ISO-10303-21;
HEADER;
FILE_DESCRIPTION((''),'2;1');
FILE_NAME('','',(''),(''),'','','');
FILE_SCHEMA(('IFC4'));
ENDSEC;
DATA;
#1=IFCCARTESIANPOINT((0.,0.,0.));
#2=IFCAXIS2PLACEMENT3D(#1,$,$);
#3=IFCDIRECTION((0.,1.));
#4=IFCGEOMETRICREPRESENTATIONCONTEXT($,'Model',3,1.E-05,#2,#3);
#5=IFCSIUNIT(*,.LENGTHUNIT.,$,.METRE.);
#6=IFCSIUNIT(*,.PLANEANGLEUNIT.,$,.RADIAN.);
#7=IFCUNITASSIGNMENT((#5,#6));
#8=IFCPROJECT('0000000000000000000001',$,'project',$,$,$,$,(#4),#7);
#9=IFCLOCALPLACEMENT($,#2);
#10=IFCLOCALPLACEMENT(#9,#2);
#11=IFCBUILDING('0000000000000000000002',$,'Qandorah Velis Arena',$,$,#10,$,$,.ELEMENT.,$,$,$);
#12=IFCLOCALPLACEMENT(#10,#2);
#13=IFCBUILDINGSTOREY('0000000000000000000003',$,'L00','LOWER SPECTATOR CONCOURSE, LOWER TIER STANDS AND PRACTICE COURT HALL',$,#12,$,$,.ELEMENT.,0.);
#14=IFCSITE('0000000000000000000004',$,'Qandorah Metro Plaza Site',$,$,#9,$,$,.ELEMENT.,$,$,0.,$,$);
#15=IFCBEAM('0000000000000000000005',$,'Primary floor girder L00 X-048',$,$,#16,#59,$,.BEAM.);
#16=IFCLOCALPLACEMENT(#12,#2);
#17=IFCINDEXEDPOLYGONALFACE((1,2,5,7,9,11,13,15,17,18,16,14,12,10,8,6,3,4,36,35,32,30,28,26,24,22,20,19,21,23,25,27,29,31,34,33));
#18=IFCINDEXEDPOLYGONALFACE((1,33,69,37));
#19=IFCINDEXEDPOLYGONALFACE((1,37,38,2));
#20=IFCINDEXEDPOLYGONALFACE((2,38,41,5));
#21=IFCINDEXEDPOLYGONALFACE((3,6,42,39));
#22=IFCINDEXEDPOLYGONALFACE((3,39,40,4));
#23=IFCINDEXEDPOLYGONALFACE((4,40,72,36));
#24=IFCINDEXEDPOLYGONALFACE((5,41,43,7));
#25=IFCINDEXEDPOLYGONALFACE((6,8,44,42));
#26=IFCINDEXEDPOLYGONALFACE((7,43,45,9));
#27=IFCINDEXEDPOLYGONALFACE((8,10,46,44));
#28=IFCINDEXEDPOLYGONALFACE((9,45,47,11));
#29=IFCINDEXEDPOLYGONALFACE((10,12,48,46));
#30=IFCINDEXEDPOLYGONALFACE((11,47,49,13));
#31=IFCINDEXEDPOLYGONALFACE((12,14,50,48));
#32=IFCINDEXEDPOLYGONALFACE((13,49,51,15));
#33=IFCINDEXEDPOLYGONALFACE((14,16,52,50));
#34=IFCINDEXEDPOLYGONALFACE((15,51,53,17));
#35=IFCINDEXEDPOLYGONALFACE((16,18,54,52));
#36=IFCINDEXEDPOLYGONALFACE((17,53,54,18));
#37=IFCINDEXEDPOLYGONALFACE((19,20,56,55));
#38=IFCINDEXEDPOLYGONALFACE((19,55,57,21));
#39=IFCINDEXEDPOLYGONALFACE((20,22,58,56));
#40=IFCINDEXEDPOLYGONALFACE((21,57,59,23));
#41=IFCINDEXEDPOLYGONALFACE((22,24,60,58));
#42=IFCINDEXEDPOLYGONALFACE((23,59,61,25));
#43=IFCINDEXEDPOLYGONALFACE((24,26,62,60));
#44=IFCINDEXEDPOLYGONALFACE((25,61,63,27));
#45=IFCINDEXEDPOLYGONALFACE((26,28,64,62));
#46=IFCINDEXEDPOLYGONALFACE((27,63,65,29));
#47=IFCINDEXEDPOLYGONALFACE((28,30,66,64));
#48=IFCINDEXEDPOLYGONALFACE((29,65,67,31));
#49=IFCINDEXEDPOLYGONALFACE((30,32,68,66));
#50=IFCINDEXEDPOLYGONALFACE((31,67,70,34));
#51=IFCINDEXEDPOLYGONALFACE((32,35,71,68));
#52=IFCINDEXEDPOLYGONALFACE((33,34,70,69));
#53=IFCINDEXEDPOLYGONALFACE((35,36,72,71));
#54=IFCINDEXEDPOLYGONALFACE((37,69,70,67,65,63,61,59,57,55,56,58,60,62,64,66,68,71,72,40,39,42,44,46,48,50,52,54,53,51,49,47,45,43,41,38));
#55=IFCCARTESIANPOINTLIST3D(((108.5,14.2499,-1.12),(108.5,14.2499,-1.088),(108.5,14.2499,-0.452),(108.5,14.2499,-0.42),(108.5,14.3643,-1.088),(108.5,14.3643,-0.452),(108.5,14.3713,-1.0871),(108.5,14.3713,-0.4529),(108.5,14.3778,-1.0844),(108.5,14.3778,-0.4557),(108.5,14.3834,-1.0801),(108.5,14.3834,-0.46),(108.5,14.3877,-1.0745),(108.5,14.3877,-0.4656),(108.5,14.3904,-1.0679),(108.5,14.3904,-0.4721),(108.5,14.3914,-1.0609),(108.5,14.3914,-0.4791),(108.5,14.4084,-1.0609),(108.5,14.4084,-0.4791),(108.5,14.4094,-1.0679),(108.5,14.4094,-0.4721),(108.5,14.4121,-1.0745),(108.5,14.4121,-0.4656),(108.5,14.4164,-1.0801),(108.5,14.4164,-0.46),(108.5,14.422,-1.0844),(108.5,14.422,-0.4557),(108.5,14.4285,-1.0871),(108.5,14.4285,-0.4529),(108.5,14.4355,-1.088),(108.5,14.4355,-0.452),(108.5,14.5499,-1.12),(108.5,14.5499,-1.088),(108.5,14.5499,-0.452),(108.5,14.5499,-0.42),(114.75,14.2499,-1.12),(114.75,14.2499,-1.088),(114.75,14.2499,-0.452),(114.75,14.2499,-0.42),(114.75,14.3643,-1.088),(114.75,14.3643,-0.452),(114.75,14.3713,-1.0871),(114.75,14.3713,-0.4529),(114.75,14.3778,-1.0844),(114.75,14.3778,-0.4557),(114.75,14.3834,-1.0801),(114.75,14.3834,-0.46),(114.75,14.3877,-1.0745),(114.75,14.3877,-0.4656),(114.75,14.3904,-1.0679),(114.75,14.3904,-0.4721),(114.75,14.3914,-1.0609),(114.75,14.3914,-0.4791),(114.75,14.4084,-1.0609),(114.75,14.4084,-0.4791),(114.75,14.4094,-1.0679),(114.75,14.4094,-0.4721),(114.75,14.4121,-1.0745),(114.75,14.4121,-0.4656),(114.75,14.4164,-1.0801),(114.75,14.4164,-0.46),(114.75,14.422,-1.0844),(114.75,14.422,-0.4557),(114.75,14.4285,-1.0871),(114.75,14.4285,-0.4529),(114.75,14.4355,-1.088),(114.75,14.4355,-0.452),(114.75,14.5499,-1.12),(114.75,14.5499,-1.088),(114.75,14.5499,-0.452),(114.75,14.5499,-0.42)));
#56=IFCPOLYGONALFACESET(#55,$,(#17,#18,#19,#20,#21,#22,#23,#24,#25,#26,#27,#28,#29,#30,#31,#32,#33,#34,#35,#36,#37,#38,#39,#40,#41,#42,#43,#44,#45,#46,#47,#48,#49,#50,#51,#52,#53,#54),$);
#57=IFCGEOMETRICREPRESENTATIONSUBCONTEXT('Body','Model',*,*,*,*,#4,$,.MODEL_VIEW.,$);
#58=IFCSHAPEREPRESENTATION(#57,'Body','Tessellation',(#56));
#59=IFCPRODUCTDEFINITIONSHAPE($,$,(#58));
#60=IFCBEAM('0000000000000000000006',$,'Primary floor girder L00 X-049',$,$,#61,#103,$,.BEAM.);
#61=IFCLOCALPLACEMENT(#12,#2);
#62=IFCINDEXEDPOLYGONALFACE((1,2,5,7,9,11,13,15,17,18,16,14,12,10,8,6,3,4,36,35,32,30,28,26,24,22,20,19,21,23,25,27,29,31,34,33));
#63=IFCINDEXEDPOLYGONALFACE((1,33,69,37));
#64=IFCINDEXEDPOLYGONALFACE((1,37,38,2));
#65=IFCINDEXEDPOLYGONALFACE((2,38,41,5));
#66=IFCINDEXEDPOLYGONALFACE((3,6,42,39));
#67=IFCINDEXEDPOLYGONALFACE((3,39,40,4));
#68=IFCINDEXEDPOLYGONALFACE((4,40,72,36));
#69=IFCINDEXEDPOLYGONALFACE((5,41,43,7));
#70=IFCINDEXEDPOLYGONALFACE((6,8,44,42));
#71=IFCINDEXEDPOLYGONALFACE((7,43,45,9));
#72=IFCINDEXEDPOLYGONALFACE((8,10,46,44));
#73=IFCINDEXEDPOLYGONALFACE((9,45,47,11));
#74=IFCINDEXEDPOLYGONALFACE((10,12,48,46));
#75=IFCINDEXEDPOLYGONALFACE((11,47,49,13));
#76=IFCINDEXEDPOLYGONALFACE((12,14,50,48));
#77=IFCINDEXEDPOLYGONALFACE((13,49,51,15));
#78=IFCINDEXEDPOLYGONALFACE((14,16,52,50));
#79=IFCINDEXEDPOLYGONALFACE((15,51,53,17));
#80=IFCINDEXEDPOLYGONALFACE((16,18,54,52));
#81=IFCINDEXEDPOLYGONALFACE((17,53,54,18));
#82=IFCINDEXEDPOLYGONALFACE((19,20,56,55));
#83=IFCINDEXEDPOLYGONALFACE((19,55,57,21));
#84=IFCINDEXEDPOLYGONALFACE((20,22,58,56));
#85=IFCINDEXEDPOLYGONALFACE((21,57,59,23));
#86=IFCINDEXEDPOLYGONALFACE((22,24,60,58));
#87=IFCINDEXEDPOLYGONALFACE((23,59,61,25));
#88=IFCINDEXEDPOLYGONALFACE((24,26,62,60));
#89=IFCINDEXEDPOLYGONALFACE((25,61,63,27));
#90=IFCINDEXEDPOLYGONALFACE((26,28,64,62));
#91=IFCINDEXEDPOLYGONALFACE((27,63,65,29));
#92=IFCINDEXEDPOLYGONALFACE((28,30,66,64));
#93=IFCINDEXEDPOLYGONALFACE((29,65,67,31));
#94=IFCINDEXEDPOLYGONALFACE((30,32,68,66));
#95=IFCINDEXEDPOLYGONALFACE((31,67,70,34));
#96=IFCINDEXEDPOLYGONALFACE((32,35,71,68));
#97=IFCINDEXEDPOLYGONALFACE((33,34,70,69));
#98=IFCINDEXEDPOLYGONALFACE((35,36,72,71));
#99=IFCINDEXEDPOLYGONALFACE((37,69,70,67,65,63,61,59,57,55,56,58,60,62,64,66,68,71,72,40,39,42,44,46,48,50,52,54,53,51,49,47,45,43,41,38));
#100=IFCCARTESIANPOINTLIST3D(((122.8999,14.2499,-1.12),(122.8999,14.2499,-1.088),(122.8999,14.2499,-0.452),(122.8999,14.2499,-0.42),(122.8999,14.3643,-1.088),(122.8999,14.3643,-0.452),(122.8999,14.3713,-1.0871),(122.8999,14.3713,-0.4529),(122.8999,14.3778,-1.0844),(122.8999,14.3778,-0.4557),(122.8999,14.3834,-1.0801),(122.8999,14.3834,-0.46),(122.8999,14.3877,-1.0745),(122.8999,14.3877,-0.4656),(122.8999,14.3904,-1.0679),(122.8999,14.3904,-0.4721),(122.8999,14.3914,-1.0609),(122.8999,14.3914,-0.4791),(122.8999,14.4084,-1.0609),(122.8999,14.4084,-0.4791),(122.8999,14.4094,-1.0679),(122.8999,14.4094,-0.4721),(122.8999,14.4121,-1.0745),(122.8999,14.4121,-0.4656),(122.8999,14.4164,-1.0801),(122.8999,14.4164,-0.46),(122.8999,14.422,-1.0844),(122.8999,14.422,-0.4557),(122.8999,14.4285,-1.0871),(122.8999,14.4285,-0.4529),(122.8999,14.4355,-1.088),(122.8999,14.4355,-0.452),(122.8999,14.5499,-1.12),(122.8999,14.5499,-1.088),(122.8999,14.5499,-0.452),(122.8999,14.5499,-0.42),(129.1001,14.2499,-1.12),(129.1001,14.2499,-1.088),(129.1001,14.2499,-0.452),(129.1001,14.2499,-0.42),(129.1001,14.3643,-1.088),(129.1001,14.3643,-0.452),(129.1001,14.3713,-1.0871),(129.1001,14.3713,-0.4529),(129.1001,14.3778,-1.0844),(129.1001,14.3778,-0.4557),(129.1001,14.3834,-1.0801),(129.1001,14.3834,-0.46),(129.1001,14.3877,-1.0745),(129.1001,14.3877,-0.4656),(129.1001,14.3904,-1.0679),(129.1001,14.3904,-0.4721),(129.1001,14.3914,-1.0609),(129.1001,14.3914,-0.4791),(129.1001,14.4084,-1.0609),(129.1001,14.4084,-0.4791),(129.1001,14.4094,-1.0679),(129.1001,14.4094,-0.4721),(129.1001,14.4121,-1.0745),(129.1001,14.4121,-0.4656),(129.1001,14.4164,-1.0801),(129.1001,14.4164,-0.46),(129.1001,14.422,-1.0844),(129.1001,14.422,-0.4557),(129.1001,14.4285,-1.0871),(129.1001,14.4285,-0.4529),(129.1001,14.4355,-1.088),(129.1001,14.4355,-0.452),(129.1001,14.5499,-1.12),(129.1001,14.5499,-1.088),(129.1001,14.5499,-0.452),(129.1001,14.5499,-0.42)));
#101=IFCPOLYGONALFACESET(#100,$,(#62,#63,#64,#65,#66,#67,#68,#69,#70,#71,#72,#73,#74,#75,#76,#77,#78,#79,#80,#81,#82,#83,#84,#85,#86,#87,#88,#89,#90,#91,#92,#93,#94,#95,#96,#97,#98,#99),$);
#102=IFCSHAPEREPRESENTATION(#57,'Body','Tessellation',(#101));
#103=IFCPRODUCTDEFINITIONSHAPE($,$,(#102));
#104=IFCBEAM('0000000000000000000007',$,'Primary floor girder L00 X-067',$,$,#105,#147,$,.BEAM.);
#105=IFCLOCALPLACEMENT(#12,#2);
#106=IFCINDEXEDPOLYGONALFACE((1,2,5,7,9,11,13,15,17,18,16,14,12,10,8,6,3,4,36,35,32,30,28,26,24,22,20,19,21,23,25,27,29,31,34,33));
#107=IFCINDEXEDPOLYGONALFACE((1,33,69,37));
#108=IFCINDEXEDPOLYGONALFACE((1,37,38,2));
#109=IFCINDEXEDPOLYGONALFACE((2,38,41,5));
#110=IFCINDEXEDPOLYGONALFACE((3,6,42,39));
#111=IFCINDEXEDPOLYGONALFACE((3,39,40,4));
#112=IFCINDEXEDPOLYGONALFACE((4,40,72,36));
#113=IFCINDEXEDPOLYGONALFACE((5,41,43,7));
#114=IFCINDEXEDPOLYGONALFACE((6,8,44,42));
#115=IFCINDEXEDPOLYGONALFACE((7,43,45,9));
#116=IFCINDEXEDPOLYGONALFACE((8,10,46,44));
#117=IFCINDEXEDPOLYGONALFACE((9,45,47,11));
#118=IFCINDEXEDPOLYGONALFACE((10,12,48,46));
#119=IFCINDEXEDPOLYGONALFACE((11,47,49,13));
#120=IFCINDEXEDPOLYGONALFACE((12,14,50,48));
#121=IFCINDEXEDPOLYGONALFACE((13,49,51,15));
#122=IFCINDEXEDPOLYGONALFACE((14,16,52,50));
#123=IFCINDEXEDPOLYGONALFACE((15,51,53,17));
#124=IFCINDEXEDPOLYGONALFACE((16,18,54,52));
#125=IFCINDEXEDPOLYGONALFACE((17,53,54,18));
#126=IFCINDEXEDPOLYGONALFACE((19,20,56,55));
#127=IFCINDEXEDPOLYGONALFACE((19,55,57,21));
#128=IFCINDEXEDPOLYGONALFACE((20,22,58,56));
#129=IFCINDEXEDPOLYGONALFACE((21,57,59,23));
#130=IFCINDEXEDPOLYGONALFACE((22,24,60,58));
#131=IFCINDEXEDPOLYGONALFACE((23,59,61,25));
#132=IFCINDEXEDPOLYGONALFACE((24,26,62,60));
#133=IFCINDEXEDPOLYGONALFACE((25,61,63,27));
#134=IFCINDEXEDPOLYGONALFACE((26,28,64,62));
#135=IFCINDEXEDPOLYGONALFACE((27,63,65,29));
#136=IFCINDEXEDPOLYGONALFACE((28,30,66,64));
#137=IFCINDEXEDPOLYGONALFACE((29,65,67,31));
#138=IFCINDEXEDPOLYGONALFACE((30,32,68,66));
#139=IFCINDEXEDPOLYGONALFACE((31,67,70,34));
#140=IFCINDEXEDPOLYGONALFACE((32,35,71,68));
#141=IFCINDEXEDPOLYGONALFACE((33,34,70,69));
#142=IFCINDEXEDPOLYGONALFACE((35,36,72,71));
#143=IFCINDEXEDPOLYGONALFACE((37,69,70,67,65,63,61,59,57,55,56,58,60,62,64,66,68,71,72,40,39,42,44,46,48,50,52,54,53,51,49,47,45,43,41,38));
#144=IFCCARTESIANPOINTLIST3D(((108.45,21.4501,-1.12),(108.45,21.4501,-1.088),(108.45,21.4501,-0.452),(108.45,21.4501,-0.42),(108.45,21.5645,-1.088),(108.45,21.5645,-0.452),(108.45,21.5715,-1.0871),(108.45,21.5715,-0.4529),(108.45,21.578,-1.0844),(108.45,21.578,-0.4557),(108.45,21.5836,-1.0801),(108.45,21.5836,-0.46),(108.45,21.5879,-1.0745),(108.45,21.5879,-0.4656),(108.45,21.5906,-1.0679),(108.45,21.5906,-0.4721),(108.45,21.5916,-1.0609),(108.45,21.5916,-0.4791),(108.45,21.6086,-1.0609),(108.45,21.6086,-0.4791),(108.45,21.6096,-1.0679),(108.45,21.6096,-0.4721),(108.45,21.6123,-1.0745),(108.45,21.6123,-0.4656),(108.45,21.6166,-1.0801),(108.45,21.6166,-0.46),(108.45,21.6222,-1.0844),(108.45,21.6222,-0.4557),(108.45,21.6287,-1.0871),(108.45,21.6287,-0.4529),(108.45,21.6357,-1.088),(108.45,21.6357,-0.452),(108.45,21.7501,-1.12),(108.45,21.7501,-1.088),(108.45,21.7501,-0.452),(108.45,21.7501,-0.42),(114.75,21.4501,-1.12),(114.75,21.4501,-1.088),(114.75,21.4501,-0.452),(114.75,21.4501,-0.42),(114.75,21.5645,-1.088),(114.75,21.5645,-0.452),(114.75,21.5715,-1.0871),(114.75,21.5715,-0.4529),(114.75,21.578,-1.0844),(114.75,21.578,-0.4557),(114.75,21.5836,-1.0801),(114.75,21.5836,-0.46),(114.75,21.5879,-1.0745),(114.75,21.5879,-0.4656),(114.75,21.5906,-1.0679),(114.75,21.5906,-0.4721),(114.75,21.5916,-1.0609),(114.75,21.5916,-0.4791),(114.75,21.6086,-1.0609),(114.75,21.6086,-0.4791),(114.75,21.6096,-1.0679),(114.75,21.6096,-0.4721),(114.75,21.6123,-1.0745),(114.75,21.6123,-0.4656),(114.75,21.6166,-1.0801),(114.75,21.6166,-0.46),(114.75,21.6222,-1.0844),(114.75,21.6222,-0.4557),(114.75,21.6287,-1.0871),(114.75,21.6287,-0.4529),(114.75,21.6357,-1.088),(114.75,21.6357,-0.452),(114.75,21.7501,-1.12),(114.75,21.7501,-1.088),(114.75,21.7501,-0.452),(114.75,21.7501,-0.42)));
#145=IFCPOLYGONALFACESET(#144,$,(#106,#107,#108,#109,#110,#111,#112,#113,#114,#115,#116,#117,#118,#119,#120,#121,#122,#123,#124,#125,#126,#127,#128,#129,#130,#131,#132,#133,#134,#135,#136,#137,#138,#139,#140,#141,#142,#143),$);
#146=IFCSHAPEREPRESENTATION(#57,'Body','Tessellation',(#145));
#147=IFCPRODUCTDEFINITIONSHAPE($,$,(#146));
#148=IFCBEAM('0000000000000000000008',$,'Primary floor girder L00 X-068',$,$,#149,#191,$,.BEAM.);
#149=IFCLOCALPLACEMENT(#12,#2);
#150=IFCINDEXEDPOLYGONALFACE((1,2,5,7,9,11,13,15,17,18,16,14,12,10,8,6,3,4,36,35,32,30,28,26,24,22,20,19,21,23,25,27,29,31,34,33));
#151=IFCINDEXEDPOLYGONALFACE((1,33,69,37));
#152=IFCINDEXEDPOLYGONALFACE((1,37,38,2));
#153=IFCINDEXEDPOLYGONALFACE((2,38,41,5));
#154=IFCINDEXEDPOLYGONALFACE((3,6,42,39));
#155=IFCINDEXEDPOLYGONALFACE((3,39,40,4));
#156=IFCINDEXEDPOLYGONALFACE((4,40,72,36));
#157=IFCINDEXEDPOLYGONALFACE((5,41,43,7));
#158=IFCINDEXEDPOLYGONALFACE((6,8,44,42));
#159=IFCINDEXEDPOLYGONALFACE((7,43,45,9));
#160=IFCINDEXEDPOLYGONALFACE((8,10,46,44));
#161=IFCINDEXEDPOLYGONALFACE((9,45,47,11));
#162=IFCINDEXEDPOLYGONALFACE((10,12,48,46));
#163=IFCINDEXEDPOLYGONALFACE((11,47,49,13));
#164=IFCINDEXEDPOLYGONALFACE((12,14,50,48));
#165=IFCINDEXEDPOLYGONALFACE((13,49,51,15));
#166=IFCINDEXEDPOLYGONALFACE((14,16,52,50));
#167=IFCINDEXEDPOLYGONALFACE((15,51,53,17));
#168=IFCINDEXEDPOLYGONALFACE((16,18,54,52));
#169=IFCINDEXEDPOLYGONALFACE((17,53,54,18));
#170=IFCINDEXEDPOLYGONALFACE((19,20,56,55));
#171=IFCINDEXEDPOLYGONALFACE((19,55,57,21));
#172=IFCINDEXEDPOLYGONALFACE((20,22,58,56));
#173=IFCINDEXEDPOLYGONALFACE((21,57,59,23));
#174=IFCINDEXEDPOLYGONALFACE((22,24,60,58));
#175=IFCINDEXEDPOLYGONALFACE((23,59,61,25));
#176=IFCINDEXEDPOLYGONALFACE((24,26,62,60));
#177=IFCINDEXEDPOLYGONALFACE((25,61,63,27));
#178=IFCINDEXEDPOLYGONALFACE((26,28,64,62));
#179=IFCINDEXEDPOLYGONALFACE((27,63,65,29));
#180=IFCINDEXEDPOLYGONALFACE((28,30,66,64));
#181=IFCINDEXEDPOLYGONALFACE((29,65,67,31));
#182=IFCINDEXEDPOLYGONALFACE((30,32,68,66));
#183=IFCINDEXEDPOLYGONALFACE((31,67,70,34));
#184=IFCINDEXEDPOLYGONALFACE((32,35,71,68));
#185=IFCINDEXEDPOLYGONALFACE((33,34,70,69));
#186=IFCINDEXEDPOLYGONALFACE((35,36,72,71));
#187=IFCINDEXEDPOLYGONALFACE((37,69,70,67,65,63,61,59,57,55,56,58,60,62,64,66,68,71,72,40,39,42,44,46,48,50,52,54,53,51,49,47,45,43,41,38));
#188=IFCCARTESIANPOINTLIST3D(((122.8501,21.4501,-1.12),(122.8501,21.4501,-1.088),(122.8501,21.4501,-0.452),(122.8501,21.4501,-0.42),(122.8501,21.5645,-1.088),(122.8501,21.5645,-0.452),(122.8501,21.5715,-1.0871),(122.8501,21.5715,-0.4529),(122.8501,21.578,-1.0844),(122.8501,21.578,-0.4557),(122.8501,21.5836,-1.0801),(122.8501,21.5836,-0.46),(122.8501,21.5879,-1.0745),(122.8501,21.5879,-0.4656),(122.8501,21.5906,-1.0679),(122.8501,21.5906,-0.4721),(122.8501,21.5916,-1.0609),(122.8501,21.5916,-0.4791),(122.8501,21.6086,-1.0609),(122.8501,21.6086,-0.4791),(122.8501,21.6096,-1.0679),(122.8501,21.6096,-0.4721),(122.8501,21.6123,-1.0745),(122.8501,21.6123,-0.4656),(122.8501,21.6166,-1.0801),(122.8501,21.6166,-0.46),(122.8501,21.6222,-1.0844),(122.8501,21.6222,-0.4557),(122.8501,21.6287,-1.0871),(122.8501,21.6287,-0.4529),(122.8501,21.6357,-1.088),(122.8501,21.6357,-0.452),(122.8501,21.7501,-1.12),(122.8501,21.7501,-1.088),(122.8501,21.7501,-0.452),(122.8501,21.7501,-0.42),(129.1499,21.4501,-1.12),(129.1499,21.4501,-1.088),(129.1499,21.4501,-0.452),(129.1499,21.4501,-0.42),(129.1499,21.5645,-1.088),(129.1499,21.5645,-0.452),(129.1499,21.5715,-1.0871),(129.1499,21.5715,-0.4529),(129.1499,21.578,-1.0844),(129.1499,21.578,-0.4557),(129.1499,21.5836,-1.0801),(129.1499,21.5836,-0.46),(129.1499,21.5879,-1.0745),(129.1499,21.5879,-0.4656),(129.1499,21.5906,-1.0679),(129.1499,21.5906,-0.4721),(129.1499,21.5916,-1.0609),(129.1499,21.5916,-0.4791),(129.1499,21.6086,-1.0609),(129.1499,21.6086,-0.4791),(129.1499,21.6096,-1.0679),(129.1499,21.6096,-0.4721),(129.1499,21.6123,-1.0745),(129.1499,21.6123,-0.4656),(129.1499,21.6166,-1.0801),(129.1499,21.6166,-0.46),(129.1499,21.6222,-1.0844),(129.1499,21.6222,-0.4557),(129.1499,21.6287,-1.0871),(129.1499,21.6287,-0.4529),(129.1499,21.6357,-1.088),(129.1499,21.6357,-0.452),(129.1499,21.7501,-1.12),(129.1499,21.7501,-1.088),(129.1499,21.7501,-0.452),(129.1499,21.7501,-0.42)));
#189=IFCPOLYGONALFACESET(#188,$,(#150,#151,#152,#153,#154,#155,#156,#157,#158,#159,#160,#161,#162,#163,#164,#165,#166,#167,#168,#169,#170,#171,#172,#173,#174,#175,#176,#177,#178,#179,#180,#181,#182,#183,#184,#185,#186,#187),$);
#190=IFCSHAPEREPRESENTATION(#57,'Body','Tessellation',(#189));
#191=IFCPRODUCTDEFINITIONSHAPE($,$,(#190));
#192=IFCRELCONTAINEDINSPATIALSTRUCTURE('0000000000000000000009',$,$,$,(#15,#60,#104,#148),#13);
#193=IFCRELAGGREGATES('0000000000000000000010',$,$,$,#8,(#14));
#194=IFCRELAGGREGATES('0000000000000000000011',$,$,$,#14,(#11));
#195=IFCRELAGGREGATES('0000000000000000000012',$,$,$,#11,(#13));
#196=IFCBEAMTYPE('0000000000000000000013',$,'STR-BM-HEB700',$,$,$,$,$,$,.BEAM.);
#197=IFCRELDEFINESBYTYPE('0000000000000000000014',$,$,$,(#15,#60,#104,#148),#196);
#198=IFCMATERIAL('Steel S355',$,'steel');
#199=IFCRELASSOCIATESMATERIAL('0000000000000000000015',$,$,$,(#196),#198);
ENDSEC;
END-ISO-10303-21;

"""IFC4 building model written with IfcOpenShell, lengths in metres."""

from ifc_helpers import new_model, si_unit, direction, frame, origin, origin_2d, place, context, subcontext, project, spatial, i_section, extrude, material, material_profile, profile_set, type_object, element, save


model = new_model("IFC4")

# Units and contexts
model_context = context("Model", 3, precision=1e-05, world=origin(), true_north=direction((0.0, 1.0)))
body_context = subcontext(model_context, "Body", "Model", "MODEL_VIEW")
ifc_project = project(units=[si_unit("LENGTHUNIT", "METRE"), si_unit("PLANEANGLEUNIT", "RADIAN")], contexts=[model_context])

# Site, building, storey
site_placement = place(None, origin())
site = spatial("IfcSite", under=ifc_project, at=site_placement, Name="Qandorah Metro Plaza Site", CompositionType="ELEMENT", RefElevation=0.0)
building_placement = place(site_placement, origin())
building = spatial("IfcBuilding", under=site, at=building_placement, Name="Qandorah Velis Arena", CompositionType="ELEMENT")
storey_placement = place(building_placement, origin())
storey = spatial("IfcBuildingStorey", under=building, at=storey_placement, Name="L00", Description="LOWER SPECTATOR CONCOURSE, LOWER TIER STANDS AND PRACTICE COURT HALL", CompositionType="ELEMENT", Elevation=0.0)

# Beams
ifc_material_1 = material(Name="Steel S355", Category="steel")
ifc_material_profile_1 = material_profile(ifc_material_1, i_section(OverallWidth=0.3, OverallDepth=0.7, WebThickness=0.0171, FlangeThickness=0.032, FilletRadius=0.0271, at=origin_2d()), Name="HEB 700")
ifc_profile_set_1 = profile_set([ifc_material_profile_1], Name="Steel S355")
beam_type_1 = type_object("IfcBeamType", Name="STR-BM-HEB700", PredefinedType="BEAM", material=ifc_profile_set_1)
beam_1_placement = place(storey_placement, frame((108.5, 14.3999, -0.77), z_axis=(1.0, 0.0, 0.0), x_axis=(0.0, 1.0, 0.0)))
element("IfcBeam", 1, at=beam_1_placement, inside=storey, type_object=beam_type_1, Name="Primary floor girder L00 X-048", PredefinedType="BEAM", context=body_context, shape_type="SweptSolid", body=[
    extrude(i_section(OverallWidth=0.3, OverallDepth=0.7, WebThickness=0.0171, FlangeThickness=0.032, FilletRadius=0.0271, at=origin_2d()), origin(), (0.0, 0.0, 1.0), 6.25),
])
beam_2_placement = place(storey_placement, frame((122.8999, 14.3999, -0.77), z_axis=(1.0, 0.0, 0.0), x_axis=(0.0, 1.0, 0.0)))
element("IfcBeam", 2, at=beam_2_placement, inside=storey, type_object=beam_type_1, Name="Primary floor girder L00 X-049", PredefinedType="BEAM", context=body_context, shape_type="SweptSolid", body=[
    extrude(i_section(OverallWidth=0.3, OverallDepth=0.7, WebThickness=0.0171, FlangeThickness=0.032, FilletRadius=0.0271, at=origin_2d()), origin(), (0.0, 0.0, 1.0), 6.2002),
])
beam_3_placement = place(storey_placement, frame((108.45, 21.6001, -0.77), z_axis=(1.0, 0.0, 0.0), x_axis=(0.0, 1.0, 0.0)))
element("IfcBeam", 3, at=beam_3_placement, inside=storey, type_object=beam_type_1, Name="Primary floor girder L00 X-067", PredefinedType="BEAM", context=body_context, shape_type="SweptSolid", body=[
    extrude(i_section(OverallWidth=0.3, OverallDepth=0.7, WebThickness=0.0171, FlangeThickness=0.032, FilletRadius=0.0271, at=origin_2d()), origin(), (0.0, 0.0, 1.0), 6.3),
])
beam_4_placement = place(storey_placement, frame((122.8501, 21.6001, -0.77), z_axis=(1.0, 0.0, 0.0), x_axis=(0.0, 1.0, 0.0)))
element("IfcBeam", 4, at=beam_4_placement, inside=storey, type_object=beam_type_1, Name="Primary floor girder L00 X-068", PredefinedType="BEAM", context=body_context, shape_type="SweptSolid", body=[
    extrude(i_section(OverallWidth=0.3, OverallDepth=0.7, WebThickness=0.0171, FlangeThickness=0.032, FilletRadius=0.0271, at=origin_2d()), origin(), (0.0, 0.0, 1.0), 6.2998),
])

save(model, "model.ifc")
